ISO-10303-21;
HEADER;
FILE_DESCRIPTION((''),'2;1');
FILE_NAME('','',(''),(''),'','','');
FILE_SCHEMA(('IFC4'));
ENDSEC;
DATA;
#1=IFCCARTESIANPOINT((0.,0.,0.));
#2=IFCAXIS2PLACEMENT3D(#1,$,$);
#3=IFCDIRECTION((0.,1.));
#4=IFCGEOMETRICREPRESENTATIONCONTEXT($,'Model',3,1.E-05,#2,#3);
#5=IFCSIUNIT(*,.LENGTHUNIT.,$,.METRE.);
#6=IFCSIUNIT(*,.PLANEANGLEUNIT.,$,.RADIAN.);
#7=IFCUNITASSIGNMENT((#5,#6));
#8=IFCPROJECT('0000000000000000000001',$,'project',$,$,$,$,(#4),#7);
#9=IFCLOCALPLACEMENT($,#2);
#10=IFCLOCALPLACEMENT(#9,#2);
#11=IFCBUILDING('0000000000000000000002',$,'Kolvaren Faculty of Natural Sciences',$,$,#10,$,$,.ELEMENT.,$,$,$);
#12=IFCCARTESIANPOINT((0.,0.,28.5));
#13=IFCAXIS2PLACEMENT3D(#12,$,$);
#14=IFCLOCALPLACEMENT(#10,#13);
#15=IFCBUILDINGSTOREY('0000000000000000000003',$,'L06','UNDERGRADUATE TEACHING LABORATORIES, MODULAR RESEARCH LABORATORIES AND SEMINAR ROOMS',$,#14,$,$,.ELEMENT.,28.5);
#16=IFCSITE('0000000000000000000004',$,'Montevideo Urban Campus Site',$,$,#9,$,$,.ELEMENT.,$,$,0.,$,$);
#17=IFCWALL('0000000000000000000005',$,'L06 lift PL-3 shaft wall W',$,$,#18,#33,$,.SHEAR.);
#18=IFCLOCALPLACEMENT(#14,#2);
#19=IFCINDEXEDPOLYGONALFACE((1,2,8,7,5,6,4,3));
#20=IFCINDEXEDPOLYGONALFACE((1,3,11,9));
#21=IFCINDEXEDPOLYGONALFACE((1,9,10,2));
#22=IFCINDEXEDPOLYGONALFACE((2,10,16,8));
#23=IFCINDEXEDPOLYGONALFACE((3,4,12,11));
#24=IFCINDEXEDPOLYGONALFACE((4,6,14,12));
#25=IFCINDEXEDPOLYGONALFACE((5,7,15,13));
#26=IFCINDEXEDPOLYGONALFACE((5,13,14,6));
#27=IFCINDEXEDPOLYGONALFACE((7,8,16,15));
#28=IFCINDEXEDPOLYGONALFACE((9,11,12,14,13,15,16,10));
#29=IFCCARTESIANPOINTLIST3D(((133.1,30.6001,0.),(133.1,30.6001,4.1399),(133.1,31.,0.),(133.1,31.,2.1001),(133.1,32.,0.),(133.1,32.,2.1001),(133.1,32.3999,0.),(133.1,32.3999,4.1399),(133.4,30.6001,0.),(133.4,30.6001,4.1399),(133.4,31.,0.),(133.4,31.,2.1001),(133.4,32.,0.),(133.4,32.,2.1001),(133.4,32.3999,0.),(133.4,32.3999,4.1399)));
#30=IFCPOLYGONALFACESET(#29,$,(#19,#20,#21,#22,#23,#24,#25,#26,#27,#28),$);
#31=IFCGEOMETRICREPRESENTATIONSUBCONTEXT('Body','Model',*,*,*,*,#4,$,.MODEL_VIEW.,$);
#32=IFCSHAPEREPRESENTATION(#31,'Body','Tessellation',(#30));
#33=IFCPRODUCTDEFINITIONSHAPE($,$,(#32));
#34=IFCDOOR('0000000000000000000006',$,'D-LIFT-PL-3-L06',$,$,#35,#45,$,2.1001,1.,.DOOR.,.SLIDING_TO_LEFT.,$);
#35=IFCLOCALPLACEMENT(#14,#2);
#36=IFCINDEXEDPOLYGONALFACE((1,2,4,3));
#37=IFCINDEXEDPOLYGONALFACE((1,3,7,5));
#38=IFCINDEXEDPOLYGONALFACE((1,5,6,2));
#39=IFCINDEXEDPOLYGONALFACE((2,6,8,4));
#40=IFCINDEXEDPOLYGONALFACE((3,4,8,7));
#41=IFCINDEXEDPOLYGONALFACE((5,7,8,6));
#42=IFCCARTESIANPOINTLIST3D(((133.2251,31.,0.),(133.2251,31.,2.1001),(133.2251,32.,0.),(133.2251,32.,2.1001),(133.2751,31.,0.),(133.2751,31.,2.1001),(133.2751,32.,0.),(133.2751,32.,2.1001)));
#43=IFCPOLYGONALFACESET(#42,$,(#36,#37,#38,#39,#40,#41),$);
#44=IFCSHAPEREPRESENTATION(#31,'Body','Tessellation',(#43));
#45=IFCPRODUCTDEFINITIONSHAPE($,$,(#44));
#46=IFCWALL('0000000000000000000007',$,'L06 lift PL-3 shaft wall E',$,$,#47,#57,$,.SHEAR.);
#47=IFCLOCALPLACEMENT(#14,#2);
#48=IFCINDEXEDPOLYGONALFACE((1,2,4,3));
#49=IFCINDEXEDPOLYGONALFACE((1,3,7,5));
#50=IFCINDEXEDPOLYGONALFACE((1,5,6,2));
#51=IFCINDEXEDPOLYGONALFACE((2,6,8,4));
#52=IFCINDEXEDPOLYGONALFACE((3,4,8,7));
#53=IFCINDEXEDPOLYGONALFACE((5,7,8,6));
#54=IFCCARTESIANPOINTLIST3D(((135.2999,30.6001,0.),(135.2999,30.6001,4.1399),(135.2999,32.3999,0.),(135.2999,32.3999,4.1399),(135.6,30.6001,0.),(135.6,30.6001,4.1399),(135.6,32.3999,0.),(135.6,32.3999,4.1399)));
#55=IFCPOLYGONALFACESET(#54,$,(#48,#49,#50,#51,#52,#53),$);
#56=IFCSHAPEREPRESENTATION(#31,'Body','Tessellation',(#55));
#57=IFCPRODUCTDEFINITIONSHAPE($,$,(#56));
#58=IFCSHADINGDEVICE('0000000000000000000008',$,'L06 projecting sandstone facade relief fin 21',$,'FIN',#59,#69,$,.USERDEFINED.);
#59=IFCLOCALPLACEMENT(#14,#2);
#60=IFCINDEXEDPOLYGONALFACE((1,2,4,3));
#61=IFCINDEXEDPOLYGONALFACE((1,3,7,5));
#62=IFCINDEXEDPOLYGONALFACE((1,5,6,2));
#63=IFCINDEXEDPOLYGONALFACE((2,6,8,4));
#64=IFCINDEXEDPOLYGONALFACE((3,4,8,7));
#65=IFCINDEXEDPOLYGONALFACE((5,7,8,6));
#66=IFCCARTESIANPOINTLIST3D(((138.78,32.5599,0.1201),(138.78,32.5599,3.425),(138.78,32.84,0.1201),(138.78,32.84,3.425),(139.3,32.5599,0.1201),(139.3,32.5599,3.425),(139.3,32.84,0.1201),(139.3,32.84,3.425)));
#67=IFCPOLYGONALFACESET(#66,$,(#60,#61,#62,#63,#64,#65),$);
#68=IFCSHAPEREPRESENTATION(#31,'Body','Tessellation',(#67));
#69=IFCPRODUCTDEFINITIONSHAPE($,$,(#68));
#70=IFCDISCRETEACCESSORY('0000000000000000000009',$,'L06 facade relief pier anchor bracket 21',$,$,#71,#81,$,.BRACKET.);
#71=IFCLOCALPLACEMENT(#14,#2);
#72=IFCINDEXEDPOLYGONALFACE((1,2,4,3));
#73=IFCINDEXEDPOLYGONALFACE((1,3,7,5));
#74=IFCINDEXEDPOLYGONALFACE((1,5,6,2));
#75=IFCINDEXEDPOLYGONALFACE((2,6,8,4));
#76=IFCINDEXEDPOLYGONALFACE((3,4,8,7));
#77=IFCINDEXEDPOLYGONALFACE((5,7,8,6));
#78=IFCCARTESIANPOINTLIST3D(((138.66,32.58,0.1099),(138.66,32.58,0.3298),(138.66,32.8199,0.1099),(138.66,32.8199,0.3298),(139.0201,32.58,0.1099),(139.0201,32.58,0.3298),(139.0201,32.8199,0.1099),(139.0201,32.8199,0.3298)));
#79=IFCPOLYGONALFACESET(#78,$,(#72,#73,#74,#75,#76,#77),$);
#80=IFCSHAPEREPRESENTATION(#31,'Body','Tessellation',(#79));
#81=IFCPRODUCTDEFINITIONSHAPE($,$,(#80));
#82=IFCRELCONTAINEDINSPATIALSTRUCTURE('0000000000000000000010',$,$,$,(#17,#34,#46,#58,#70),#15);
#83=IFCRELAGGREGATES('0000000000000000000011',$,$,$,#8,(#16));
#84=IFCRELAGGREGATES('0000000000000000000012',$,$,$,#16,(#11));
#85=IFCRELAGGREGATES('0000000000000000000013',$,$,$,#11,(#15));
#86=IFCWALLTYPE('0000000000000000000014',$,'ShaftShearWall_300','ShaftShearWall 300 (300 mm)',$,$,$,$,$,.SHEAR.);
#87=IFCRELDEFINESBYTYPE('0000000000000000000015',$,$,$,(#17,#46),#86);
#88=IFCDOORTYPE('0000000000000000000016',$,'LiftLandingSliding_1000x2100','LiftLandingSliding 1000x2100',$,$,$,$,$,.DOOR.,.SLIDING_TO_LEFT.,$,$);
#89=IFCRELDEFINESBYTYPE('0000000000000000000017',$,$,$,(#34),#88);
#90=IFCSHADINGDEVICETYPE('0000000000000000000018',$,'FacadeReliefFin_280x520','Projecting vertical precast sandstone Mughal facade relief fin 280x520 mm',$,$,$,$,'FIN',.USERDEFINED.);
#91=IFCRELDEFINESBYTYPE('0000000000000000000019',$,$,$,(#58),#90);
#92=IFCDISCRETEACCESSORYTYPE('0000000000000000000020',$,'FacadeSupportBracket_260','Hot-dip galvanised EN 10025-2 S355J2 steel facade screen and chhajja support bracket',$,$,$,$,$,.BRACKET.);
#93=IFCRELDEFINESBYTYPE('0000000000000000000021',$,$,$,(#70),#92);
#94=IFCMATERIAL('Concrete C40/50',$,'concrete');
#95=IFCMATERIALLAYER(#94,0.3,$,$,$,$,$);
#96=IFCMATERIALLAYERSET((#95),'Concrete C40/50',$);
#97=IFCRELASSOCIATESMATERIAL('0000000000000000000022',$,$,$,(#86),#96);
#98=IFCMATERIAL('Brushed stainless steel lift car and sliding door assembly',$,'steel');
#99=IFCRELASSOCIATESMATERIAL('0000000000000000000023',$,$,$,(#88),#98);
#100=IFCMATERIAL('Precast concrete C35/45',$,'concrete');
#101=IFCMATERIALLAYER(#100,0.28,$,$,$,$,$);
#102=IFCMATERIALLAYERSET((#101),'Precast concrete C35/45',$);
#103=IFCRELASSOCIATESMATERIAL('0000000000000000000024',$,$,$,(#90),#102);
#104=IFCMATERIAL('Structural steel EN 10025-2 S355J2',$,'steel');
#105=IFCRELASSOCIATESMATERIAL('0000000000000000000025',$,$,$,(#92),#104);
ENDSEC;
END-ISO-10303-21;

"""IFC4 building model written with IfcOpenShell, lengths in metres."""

from ifc_helpers import new_model, si_unit, direction, frame, frame_2d, origin, origin_2d, place, context, subcontext, project, spatial, rectangle, extrude, material, layer, layer_set, type_object, element, fill, save


model = new_model("IFC4")

# Units and contexts
model_context = context("Model", 3, precision=1e-05, world=origin(), true_north=direction((0.0, 1.0)))
body_context = subcontext(model_context, "Body", "Model", "MODEL_VIEW")
ifc_project = project(units=[si_unit("LENGTHUNIT", "METRE"), si_unit("PLANEANGLEUNIT", "RADIAN")], contexts=[model_context])

# Site, building, storey
site_placement = place(None, origin())
site = spatial("IfcSite", under=ifc_project, at=site_placement, Name="Montevideo Urban Campus Site", CompositionType="ELEMENT", RefElevation=0.0)
building_placement = place(site_placement, origin())
building = spatial("IfcBuilding", under=site, at=building_placement, Name="Kolvaren Faculty of Natural Sciences", CompositionType="ELEMENT")
storey_placement = place(building_placement, frame((0.0, 0.0, 28.5)))
storey = spatial("IfcBuildingStorey", under=building, at=storey_placement, Name="L06", Description="UNDERGRADUATE TEACHING LABORATORIES, MODULAR RESEARCH LABORATORIES AND SEMINAR ROOMS", CompositionType="ELEMENT", Elevation=28.5)

# Shared definitions
ifc_material_1 = material(Name="Precast concrete C35/45", Category="concrete")

# Shared definitions
ifc_material_2 = material(Name="Concrete C40/50", Category="concrete")
ifc_layer_1 = layer(ifc_material_2, 0.3)
ifc_layer_set_1 = layer_set([ifc_layer_1], Name="Concrete C40/50")
wall_type_1 = type_object("IfcWallType", Name="ShaftShearWall_300", Description="ShaftShearWall 300 (300 mm)", PredefinedType="SHEAR", material=ifc_layer_set_1)

# Wall, opening, door
wall_1_placement = place(storey_placement, frame((133.25, 30.6001, 0.0), z_axis=(0.0, 0.0, 1.0), x_axis=(0.0, 1.0, 0.0)))
wall_1 = element("IfcWall", 1, at=wall_1_placement, inside=storey, type_object=wall_type_1, Name="L06 lift PL-3 shaft wall W", PredefinedType="SHEAR", context=body_context, shape_type="SweptSolid", body=[
    extrude(rectangle(XDim=1.7998, YDim=0.3, at=frame_2d((0.8999, 0.0))), origin(), (0.0, 0.0, 1.0), 4.1399),
])
opening_1_placement = place(wall_1_placement, frame((0.3999, 0.0, 0.0)))
opening_1 = element("IfcOpeningElement", 2, at=opening_1_placement, cuts=wall_1, PredefinedType="OPENING", context=body_context, shape_type="SweptSolid", body=[
    extrude(rectangle(XDim=1.0, YDim=2.1001, at=frame_2d((0.5, 1.05))), frame((0.0, 0.1599, 0.0), z_axis=(0.0, -1.0, 0.0), x_axis=(1.0, 0.0, 0.0)), (0.0, 0.0, 1.0), 0.3201),
])
ifc_material_3 = material(Name="Brushed stainless steel lift car and sliding door assembly", Category="steel")
door_type_1 = type_object("IfcDoorType", Name="LiftLandingSliding_1000x2100", Description="LiftLandingSliding 1000x2100", OperationType="SLIDING_TO_LEFT", PredefinedType="DOOR", material=ifc_material_3)
door_1_placement = place(opening_1_placement, origin())
door_1 = element("IfcDoor", 3, at=door_1_placement, inside=storey, type_object=door_type_1, Name="D-LIFT-PL-3-L06", OperationType="SLIDING_TO_LEFT", OverallHeight=2.1001, OverallWidth=1.0, PredefinedType="DOOR", context=body_context, shape_type="SweptSolid", body=[
    extrude(rectangle(XDim=1.0, YDim=2.1001, at=frame_2d((0.5, 1.05))), frame((0.0, 0.0249, 0.0), z_axis=(0.0, -1.0, 0.0), x_axis=(1.0, 0.0, 0.0)), (0.0, 0.0, 1.0), 0.05),
])
fill(opening_1, door_1)

# Wall
wall_2_placement = place(storey_placement, frame((135.45, 30.6001, 0.0), z_axis=(0.0, 0.0, 1.0), x_axis=(0.0, 1.0, 0.0)))
element("IfcWall", 4, at=wall_2_placement, inside=storey, type_object=wall_type_1, Name="L06 lift PL-3 shaft wall E", PredefinedType="SHEAR", context=body_context, shape_type="SweptSolid", body=[
    extrude(rectangle(XDim=1.7998, YDim=0.3, at=frame_2d((0.8999, 0.0))), origin(), (0.0, 0.0, 1.0), 4.1399),
])

# Shading device
ifc_layer_2 = layer(ifc_material_1, 0.28)
ifc_layer_set_2 = layer_set([ifc_layer_2], Name="Precast concrete C35/45")
shading_device_type = type_object("IfcShadingDeviceType", Name="FacadeReliefFin_280x520", Description="Projecting vertical precast sandstone Mughal facade relief fin 280x520 mm", ElementType="FIN", PredefinedType="USERDEFINED", material=ifc_layer_set_2)
shading_device_placement = place(storey_placement, frame((139.04, 32.7, 0.1201), z_axis=(0.0, 0.0, 1.0), x_axis=(0.0, -1.0, 0.0)))
element("IfcShadingDevice", 5, at=shading_device_placement, inside=storey, type_object=shading_device_type, Name="L06 projecting sandstone facade relief fin 21", ObjectType="FIN", PredefinedType="USERDEFINED", context=body_context, shape_type="SweptSolid", body=[
    extrude(rectangle(XDim=0.28, YDim=0.52, at=origin_2d()), origin(), (0.0, 0.0, 1.0), 3.3049),
])

# Discrete accessory
ifc_material_4 = material(Name="Structural steel EN 10025-2 S355J2", Category="steel")
discrete_accessory_type = type_object("IfcDiscreteAccessoryType", Name="FacadeSupportBracket_260", Description="Hot-dip galvanised EN 10025-2 S355J2 steel facade screen and chhajja support bracket", PredefinedType="BRACKET", material=ifc_material_4)
discrete_accessory_placement = place(storey_placement, frame((138.8401, 32.7, 0.1099), z_axis=(0.0, 0.0, 1.0), x_axis=(0.0, -1.0, 0.0)))
element("IfcDiscreteAccessory", 6, at=discrete_accessory_placement, inside=storey, type_object=discrete_accessory_type, Name="L06 facade relief pier anchor bracket 21", PredefinedType="BRACKET", context=body_context, shape_type="SweptSolid", body=[
    extrude(rectangle(XDim=0.24, YDim=0.3601, at=origin_2d()), origin(), (0.0, 0.0, 1.0), 0.22),
])

save(model, "model.ifc")
